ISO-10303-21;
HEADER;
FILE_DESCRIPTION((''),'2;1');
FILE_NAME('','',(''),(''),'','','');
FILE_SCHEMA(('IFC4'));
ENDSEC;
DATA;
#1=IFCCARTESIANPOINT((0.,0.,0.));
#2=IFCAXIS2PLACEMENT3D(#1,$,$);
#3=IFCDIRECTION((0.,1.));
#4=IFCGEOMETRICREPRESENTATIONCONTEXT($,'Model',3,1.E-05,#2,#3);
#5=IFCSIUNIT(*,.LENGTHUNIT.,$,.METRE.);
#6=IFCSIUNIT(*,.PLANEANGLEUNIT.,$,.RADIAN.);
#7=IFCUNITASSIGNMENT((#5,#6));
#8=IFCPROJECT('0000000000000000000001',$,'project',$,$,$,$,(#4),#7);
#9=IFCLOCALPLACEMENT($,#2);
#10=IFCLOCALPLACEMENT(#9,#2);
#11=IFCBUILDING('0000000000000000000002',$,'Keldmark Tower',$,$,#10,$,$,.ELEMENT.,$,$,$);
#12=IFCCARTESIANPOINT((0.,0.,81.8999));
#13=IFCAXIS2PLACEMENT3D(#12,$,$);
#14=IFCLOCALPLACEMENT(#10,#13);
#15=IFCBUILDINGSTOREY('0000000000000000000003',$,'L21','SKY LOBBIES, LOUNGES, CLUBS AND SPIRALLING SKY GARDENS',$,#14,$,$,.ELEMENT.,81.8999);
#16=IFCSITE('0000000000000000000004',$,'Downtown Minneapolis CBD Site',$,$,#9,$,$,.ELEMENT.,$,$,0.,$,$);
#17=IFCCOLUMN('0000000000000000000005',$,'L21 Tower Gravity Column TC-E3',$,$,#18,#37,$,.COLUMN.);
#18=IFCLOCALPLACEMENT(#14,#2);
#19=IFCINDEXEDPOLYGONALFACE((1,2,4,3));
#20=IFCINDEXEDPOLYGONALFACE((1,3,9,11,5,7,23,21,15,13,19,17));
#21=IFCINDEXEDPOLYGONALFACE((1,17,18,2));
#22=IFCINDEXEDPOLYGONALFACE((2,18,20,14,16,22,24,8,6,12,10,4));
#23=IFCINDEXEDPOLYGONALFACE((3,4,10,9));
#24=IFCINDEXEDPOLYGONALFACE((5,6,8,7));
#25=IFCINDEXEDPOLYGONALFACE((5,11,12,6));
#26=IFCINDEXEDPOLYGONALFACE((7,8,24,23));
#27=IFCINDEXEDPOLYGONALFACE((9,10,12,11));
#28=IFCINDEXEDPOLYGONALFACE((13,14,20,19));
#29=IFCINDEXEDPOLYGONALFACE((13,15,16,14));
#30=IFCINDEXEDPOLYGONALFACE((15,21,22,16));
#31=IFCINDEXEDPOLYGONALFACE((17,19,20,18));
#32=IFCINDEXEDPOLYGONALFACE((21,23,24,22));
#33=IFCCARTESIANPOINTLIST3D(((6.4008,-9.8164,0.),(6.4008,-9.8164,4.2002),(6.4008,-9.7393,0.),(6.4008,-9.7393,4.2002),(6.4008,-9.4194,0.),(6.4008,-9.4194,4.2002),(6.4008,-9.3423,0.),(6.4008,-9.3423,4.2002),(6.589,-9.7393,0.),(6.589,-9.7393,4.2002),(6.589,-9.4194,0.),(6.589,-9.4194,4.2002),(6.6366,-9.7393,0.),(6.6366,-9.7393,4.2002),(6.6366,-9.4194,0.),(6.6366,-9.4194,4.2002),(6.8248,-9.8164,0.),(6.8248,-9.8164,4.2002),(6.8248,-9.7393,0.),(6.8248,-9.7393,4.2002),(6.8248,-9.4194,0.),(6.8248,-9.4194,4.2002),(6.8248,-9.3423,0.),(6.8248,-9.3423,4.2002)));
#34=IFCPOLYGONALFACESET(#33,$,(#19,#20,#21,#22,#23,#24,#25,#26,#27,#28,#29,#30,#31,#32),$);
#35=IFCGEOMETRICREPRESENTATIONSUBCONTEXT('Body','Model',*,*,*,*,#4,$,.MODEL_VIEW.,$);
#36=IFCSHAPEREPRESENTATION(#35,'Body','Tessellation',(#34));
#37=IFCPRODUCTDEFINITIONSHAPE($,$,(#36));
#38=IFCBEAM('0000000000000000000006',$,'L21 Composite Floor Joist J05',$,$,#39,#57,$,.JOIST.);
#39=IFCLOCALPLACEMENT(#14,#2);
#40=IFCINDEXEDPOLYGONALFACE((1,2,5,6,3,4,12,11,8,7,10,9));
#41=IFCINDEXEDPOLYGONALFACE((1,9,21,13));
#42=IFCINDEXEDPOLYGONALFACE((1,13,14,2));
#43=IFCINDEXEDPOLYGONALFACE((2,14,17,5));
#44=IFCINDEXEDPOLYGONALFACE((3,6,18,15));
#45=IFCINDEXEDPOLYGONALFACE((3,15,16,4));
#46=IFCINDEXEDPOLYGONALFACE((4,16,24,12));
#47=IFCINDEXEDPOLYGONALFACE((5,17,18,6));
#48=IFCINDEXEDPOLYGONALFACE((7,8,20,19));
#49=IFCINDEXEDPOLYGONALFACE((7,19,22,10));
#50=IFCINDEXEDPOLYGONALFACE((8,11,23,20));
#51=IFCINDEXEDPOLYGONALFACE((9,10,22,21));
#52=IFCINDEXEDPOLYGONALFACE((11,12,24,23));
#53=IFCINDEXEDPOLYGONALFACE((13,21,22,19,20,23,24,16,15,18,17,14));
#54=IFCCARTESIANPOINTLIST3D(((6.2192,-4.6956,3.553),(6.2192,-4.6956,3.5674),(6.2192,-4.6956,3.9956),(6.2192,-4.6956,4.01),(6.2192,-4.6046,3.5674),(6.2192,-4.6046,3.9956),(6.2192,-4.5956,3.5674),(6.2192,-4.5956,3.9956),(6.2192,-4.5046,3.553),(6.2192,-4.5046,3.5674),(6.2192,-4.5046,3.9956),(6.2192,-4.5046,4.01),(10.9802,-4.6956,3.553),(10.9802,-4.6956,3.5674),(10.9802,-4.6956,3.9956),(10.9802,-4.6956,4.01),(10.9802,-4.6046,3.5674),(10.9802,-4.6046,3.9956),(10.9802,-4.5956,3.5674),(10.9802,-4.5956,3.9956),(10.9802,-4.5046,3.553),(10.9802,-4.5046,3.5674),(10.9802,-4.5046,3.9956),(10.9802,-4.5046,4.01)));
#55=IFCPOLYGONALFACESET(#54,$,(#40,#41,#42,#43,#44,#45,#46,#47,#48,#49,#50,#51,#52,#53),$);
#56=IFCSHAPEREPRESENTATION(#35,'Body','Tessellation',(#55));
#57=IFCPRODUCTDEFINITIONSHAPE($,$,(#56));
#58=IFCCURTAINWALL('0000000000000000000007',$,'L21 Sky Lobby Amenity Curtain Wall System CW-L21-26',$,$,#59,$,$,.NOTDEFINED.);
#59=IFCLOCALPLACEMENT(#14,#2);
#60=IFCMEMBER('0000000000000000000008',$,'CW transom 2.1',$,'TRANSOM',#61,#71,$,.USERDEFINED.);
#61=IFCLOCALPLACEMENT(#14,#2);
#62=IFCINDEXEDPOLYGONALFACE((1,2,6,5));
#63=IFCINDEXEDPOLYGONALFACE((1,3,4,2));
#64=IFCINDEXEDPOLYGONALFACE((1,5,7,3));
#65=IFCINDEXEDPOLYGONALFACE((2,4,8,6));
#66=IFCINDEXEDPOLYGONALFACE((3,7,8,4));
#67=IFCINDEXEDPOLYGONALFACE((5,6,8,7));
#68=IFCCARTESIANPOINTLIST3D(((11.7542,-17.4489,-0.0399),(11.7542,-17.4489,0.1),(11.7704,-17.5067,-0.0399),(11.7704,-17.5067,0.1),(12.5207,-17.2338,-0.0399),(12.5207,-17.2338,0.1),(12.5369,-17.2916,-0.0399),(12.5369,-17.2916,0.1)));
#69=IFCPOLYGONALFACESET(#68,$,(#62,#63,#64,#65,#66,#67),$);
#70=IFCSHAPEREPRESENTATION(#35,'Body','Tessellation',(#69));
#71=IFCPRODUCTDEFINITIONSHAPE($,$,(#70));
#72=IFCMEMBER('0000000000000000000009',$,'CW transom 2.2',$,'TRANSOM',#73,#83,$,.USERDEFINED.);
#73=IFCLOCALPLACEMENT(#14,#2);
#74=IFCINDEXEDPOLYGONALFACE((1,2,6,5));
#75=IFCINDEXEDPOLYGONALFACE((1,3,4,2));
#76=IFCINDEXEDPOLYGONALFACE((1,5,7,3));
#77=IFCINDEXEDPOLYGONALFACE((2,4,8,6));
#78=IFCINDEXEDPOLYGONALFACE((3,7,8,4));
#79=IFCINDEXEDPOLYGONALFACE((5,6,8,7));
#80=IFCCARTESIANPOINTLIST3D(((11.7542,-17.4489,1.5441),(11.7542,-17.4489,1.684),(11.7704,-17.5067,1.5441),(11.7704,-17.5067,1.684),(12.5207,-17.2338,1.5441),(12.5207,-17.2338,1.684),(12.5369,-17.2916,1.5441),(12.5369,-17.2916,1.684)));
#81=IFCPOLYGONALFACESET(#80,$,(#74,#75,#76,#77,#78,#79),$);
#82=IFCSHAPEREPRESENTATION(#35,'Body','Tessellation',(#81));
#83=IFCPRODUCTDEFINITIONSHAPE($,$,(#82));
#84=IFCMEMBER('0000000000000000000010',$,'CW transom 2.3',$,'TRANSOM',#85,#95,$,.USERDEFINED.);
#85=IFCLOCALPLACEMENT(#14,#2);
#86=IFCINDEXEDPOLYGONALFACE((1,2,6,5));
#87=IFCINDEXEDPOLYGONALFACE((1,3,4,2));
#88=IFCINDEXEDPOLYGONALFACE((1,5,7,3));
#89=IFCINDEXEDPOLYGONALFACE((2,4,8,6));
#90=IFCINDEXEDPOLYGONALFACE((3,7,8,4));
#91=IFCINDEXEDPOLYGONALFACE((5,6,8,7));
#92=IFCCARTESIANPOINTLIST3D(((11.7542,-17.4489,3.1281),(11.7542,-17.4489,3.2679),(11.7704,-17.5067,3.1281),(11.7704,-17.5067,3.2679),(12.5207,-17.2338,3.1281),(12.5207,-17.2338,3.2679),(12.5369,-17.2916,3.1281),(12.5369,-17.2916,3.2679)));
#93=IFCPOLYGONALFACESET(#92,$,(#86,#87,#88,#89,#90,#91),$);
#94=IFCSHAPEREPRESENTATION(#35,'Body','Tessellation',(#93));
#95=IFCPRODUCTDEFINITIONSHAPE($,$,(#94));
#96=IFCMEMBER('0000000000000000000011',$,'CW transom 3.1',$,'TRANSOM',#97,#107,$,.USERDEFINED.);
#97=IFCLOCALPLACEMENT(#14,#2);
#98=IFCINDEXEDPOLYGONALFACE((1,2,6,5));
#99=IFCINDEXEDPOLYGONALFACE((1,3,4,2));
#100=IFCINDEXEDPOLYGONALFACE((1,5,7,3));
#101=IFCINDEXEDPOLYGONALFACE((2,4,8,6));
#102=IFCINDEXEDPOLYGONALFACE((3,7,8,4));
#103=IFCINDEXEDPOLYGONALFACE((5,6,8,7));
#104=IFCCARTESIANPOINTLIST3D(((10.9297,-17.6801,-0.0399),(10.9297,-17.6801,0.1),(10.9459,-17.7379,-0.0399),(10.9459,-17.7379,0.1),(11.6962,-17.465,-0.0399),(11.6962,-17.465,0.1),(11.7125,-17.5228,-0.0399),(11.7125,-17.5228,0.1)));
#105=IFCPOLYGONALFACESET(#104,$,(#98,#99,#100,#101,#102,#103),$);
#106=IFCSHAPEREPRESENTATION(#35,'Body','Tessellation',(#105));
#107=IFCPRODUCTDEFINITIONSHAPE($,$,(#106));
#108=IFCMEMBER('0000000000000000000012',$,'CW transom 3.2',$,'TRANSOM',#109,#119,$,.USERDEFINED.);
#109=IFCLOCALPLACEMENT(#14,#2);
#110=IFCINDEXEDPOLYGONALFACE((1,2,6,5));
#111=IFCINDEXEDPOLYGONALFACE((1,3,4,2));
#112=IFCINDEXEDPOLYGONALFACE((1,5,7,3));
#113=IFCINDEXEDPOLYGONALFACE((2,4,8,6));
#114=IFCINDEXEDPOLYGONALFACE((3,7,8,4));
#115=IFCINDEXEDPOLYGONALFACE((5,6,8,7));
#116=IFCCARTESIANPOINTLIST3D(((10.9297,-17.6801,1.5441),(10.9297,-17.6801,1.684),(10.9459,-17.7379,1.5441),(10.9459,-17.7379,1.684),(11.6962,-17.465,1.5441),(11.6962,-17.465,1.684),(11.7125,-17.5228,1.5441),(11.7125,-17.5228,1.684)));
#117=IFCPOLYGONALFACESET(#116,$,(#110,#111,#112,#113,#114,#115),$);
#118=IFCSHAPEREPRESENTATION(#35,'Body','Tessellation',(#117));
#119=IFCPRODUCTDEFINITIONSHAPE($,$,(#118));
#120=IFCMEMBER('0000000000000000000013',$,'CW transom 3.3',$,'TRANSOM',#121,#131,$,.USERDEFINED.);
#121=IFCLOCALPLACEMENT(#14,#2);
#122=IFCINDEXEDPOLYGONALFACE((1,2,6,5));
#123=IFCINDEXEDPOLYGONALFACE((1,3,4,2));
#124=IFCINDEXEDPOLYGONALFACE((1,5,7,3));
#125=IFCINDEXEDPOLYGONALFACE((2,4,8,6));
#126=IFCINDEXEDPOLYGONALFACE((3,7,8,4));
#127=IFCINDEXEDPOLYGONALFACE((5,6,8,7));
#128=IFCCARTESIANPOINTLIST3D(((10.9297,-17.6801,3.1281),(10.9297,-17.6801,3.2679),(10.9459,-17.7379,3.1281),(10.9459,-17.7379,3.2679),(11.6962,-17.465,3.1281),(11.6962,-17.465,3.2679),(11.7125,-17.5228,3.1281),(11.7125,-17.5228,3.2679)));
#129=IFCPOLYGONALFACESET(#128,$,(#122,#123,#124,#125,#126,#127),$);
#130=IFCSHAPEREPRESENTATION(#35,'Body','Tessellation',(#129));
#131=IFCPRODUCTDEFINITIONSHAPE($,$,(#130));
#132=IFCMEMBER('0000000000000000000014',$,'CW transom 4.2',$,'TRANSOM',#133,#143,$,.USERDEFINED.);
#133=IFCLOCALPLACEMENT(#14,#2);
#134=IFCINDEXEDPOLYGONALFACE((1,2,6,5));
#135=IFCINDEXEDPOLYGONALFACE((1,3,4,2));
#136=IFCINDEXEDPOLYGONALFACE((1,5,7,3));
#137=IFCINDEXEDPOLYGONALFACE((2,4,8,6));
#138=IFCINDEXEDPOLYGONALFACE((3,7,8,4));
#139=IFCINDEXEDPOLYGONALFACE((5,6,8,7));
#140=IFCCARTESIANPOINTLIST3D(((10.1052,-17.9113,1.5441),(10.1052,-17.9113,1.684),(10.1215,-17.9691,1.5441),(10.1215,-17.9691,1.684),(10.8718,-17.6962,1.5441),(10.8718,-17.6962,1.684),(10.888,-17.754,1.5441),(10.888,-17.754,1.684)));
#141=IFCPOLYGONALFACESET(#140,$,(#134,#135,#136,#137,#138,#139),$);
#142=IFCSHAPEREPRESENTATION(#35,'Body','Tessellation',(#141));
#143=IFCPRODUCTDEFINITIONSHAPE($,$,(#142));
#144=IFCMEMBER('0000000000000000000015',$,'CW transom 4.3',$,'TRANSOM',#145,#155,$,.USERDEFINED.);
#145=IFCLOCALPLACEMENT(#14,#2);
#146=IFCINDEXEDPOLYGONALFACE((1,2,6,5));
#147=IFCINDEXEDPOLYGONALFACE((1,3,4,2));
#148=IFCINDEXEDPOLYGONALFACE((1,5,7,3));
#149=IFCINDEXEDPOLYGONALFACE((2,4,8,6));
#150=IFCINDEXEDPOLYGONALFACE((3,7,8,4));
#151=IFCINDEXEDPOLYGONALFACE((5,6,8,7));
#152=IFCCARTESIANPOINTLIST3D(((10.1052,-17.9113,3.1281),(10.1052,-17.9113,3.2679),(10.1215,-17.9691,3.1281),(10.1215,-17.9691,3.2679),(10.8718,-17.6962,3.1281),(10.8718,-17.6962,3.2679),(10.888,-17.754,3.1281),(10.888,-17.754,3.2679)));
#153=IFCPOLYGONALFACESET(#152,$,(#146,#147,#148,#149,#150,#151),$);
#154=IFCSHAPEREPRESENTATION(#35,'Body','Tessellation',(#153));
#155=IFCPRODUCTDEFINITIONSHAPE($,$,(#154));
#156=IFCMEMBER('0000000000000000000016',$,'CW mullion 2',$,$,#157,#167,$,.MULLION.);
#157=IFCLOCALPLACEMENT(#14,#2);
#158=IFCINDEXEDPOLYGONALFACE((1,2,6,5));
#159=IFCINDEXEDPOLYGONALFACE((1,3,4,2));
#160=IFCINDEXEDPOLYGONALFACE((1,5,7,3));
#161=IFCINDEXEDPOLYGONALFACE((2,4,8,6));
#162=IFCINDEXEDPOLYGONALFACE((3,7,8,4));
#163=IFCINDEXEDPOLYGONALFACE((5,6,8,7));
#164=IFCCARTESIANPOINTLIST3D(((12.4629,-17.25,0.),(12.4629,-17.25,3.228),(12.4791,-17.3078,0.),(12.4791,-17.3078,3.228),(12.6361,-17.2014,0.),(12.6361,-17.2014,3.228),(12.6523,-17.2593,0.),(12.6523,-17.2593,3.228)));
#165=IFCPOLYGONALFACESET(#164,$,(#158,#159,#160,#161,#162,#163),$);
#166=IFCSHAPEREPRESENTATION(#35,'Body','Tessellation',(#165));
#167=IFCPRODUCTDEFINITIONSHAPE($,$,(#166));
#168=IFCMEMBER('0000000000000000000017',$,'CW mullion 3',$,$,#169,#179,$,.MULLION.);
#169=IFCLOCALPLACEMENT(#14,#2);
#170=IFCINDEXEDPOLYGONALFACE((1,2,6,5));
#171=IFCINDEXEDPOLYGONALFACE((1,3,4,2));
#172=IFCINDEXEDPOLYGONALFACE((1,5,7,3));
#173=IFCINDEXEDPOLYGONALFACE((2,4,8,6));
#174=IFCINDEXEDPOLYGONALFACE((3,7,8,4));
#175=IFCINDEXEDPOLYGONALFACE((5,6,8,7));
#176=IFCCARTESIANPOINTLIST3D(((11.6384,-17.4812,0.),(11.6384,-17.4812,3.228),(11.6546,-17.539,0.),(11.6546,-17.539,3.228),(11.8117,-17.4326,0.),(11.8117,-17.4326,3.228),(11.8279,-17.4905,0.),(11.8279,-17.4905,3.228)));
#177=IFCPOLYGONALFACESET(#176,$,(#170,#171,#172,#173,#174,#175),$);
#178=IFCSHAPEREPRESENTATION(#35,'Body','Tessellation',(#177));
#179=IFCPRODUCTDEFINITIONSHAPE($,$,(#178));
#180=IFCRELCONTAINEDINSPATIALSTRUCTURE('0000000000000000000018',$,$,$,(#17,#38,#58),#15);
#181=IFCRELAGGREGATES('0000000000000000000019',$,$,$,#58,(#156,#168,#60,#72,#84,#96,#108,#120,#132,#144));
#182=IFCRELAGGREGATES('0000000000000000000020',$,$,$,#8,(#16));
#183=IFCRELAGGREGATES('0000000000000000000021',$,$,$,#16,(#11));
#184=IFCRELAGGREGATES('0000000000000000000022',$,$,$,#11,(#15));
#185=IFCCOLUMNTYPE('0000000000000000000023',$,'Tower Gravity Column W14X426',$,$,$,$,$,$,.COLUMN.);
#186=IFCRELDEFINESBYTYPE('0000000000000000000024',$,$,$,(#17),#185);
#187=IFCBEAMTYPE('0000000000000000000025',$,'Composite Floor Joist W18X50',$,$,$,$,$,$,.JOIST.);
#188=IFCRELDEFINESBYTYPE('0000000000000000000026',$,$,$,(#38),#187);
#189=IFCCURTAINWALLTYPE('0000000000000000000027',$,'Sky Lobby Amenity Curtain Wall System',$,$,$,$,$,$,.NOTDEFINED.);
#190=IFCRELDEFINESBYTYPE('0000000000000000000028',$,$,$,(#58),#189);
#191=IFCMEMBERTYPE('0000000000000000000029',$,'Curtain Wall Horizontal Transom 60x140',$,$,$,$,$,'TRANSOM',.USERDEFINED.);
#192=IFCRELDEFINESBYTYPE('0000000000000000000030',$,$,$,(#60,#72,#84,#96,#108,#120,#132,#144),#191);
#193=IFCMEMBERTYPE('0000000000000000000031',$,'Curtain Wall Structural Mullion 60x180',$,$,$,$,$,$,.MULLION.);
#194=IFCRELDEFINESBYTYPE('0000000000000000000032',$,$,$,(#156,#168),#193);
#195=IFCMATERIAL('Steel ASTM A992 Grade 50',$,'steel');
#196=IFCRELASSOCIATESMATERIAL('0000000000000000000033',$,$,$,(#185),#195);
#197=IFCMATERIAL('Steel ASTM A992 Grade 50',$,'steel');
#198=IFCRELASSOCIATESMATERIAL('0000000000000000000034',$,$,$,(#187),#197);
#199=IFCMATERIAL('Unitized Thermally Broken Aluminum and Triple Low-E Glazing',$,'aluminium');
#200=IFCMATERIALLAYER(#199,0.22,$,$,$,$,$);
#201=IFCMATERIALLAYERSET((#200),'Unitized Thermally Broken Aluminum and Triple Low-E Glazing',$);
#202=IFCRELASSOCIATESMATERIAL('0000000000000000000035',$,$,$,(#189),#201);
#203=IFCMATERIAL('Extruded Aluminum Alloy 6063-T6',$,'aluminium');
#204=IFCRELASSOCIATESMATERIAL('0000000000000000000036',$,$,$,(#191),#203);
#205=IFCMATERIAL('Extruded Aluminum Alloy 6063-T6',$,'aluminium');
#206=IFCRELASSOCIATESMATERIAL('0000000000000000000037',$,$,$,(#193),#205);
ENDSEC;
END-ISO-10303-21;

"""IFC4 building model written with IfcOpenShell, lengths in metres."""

from ifc_helpers import new_model, si_unit, direction, frame, origin, origin_2d, place, context, subcontext, project, spatial, rectangle, i_section, extrude, material, layer, layer_set, material_profile, profile_set, type_object, element, aggregate, save


model = new_model("IFC4")

# Units and contexts
model_context = context("Model", 3, precision=1e-05, world=origin(), true_north=direction((0.0, 1.0)))
body_context = subcontext(model_context, "Body", "Model", "MODEL_VIEW")
ifc_project = project(units=[si_unit("LENGTHUNIT", "METRE"), si_unit("PLANEANGLEUNIT", "RADIAN")], contexts=[model_context])

# Site, building, storey
site_placement = place(None, origin())
site = spatial("IfcSite", under=ifc_project, at=site_placement, Name="Downtown Minneapolis CBD Site", CompositionType="ELEMENT", RefElevation=0.0)
building_placement = place(site_placement, origin())
building = spatial("IfcBuilding", under=site, at=building_placement, Name="Keldmark Tower", CompositionType="ELEMENT")
storey_placement = place(building_placement, frame((0.0, 0.0, 81.8999)))
storey = spatial("IfcBuildingStorey", under=building, at=storey_placement, Name="L21", Description="SKY LOBBIES, LOUNGES, CLUBS AND SPIRALLING SKY GARDENS", CompositionType="ELEMENT", Elevation=81.8999)

# Column
ifc_material_1 = material(Name="Steel ASTM A992 Grade 50", Category="steel")
ifc_material_profile_1 = material_profile(ifc_material_1, i_section(OverallWidth=0.4241, OverallDepth=0.4741, WebThickness=0.0476, FlangeThickness=0.0771, at=origin_2d()), Name="W14X426")
ifc_profile_set_1 = profile_set([ifc_material_profile_1], Name="Steel ASTM A992 Grade 50")
column_type = type_object("IfcColumnType", Name="Tower Gravity Column W14X426", PredefinedType="COLUMN", material=ifc_profile_set_1)
column_placement = place(storey_placement, frame((6.6128, -9.5793, 0.0), z_axis=(0.0, 0.0, 1.0), x_axis=(1.0, 0.0, 0.0)))
element("IfcColumn", 1, at=column_placement, inside=storey, type_object=column_type, Name="L21 Tower Gravity Column TC-E3", PredefinedType="COLUMN", context=body_context, shape_type="SweptSolid", body=[
    extrude(i_section(OverallWidth=0.4241, OverallDepth=0.4741, WebThickness=0.0476, FlangeThickness=0.0771, at=origin_2d()), origin(), (0.0, 0.0, 1.0), 4.2002),
])

# Beam
ifc_material_2 = material(Name="Steel ASTM A992 Grade 50", Category="steel")
ifc_material_profile_2 = material_profile(ifc_material_2, i_section(OverallWidth=0.1909, OverallDepth=0.457, WebThickness=0.009, FlangeThickness=0.0144, at=origin_2d()), Name="W18X50")
ifc_profile_set_2 = profile_set([ifc_material_profile_2], Name="Steel ASTM A992 Grade 50")
beam_type_1 = type_object("IfcBeamType", Name="Composite Floor Joist W18X50", PredefinedType="JOIST", material=ifc_profile_set_2)
beam_1_placement = place(storey_placement, frame((6.2192, -4.6001, 3.7815), z_axis=(1.0, 0.0, 0.0), x_axis=(0.0, 1.0, 0.0)))
element("IfcBeam", 2, at=beam_1_placement, inside=storey, type_object=beam_type_1, Name="L21 Composite Floor Joist J05", PredefinedType="JOIST", context=body_context, shape_type="SweptSolid", body=[
    extrude(i_section(OverallWidth=0.1909, OverallDepth=0.457, WebThickness=0.009, FlangeThickness=0.0144, at=origin_2d()), origin(), (0.0, 0.0, 1.0), 4.761),
])

# Curtain wall, members
ifc_material_3 = material(Name="Unitized Thermally Broken Aluminum and Triple Low-E Glazing", Category="aluminium")
ifc_layer_1 = layer(ifc_material_3, 0.22)
ifc_layer_set_1 = layer_set([ifc_layer_1], Name="Unitized Thermally Broken Aluminum and Triple Low-E Glazing")
curtain_wall_type = type_object("IfcCurtainWallType", Name="Sky Lobby Amenity Curtain Wall System", PredefinedType="NOTDEFINED", material=ifc_layer_set_1)
curtain_wall_placement = place(storey_placement, origin())
curtain_wall = element("IfcCurtainWall", 3, at=curtain_wall_placement, inside=storey, type_object=curtain_wall_type, Name="L21 Sky Lobby Amenity Curtain Wall System CW-L21-26", PredefinedType="NOTDEFINED")
ifc_material_4 = material(Name="Extruded Aluminum Alloy 6063-T6", Category="aluminium")
ifc_material_profile_3 = material_profile(ifc_material_4, rectangle(XDim=0.0601, YDim=0.1399, at=origin_2d()), Name="CWT60X140")
ifc_profile_set_3 = profile_set([ifc_material_profile_3], Name="Extruded Aluminum Alloy 6063-T6")
member_type_1 = type_object("IfcMemberType", Name="Curtain Wall Horizontal Transom 60x140", ElementType="TRANSOM", PredefinedType="USERDEFINED", material=ifc_profile_set_3)
member_1_placement = place(storey_placement, frame((12.5288, -17.2627, 0.03), z_axis=(-0.962821, -0.270142, 0.0), x_axis=(0.270142, -0.962821, 0.0)))
member_1 = element("IfcMember", 4, at=member_1_placement, type_object=member_type_1, Name="CW transom 2.1", ObjectType="TRANSOM", PredefinedType="USERDEFINED", context=body_context, shape_type="SweptSolid", body=[
    extrude(rectangle(XDim=0.0601, YDim=0.1399, at=origin_2d()), origin(), (0.0, 0.0, 1.0), 0.7961),
])
member_2_placement = place(storey_placement, frame((12.5288, -17.2627, 1.614), z_axis=(-0.962821, -0.270142, 0.0), x_axis=(0.270142, -0.962821, 0.0)))
member_2 = element("IfcMember", 5, at=member_2_placement, type_object=member_type_1, Name="CW transom 2.2", ObjectType="TRANSOM", PredefinedType="USERDEFINED", context=body_context, shape_type="SweptSolid", body=[
    extrude(rectangle(XDim=0.0601, YDim=0.1399, at=origin_2d()), origin(), (0.0, 0.0, 1.0), 0.7961),
])
member_3_placement = place(storey_placement, frame((12.5288, -17.2627, 3.198), z_axis=(-0.962821, -0.270142, 0.0), x_axis=(0.270142, -0.962821, 0.0)))
member_3 = element("IfcMember", 6, at=member_3_placement, type_object=member_type_1, Name="CW transom 2.3", ObjectType="TRANSOM", PredefinedType="USERDEFINED", context=body_context, shape_type="SweptSolid", body=[
    extrude(rectangle(XDim=0.0601, YDim=0.1399, at=origin_2d()), origin(), (0.0, 0.0, 1.0), 0.7961),
])
member_4_placement = place(storey_placement, frame((11.7043, -17.4939, 0.03), z_axis=(-0.962821, -0.270142, 0.0), x_axis=(0.270142, -0.962821, 0.0)))
member_4 = element("IfcMember", 7, at=member_4_placement, type_object=member_type_1, Name="CW transom 3.1", ObjectType="TRANSOM", PredefinedType="USERDEFINED", context=body_context, shape_type="SweptSolid", body=[
    extrude(rectangle(XDim=0.0601, YDim=0.1399, at=origin_2d()), origin(), (0.0, 0.0, 1.0), 0.7961),
])
member_5_placement = place(storey_placement, frame((11.7043, -17.4939, 1.614), z_axis=(-0.962821, -0.270142, 0.0), x_axis=(0.270142, -0.962821, 0.0)))
member_5 = element("IfcMember", 8, at=member_5_placement, type_object=member_type_1, Name="CW transom 3.2", ObjectType="TRANSOM", PredefinedType="USERDEFINED", context=body_context, shape_type="SweptSolid", body=[
    extrude(rectangle(XDim=0.0601, YDim=0.1399, at=origin_2d()), origin(), (0.0, 0.0, 1.0), 0.7961),
])
member_6_placement = place(storey_placement, frame((11.7043, -17.4939, 3.198), z_axis=(-0.962821, -0.270142, 0.0), x_axis=(0.270142, -0.962821, 0.0)))
member_6 = element("IfcMember", 9, at=member_6_placement, type_object=member_type_1, Name="CW transom 3.3", ObjectType="TRANSOM", PredefinedType="USERDEFINED", context=body_context, shape_type="SweptSolid", body=[
    extrude(rectangle(XDim=0.0601, YDim=0.1399, at=origin_2d()), origin(), (0.0, 0.0, 1.0), 0.7961),
])
member_7_placement = place(storey_placement, frame((10.8799, -17.7251, 1.614), z_axis=(-0.962821, -0.270142, 0.0), x_axis=(0.270142, -0.962821, 0.0)))
member_7 = element("IfcMember", 10, at=member_7_placement, type_object=member_type_1, Name="CW transom 4.2", ObjectType="TRANSOM", PredefinedType="USERDEFINED", context=body_context, shape_type="SweptSolid", body=[
    extrude(rectangle(XDim=0.0601, YDim=0.1399, at=origin_2d()), origin(), (0.0, 0.0, 1.0), 0.7961),
])
member_8_placement = place(storey_placement, frame((10.8799, -17.7251, 3.198), z_axis=(-0.962821, -0.270142, 0.0), x_axis=(0.270142, -0.962821, 0.0)))
member_8 = element("IfcMember", 11, at=member_8_placement, type_object=member_type_1, Name="CW transom 4.3", ObjectType="TRANSOM", PredefinedType="USERDEFINED", context=body_context, shape_type="SweptSolid", body=[
    extrude(rectangle(XDim=0.0601, YDim=0.1399, at=origin_2d()), origin(), (0.0, 0.0, 1.0), 0.7961),
])
ifc_material_5 = material(Name="Extruded Aluminum Alloy 6063-T6", Category="aluminium")
ifc_material_profile_4 = material_profile(ifc_material_5, rectangle(XDim=0.0601, YDim=0.1799, at=origin_2d()), Name="CWM60X180")
ifc_profile_set_4 = profile_set([ifc_material_profile_4], Name="Extruded Aluminum Alloy 6063-T6")
member_type_2 = type_object("IfcMemberType", Name="Curtain Wall Structural Mullion 60x180", PredefinedType="MULLION", material=ifc_profile_set_4)
member_9_placement = place(storey_placement, frame((12.5576, -17.2546, 0.0), z_axis=(0.0, 0.0, 1.0), x_axis=(0.270028, -0.962852, 0.0)))
member_9 = element("IfcMember", 12, at=member_9_placement, type_object=member_type_2, Name="CW mullion 2", PredefinedType="MULLION", context=body_context, shape_type="SweptSolid", body=[
    extrude(rectangle(XDim=0.0601, YDim=0.1799, at=origin_2d()), origin(), (0.0, 0.0, 1.0), 3.228),
])
member_10_placement = place(storey_placement, frame((11.7332, -17.4858, 0.0), z_axis=(0.0, 0.0, 1.0), x_axis=(0.270028, -0.962852, 0.0)))
member_10 = element("IfcMember", 13, at=member_10_placement, type_object=member_type_2, Name="CW mullion 3", PredefinedType="MULLION", context=body_context, shape_type="SweptSolid", body=[
    extrude(rectangle(XDim=0.0601, YDim=0.1799, at=origin_2d()), origin(), (0.0, 0.0, 1.0), 3.228),
])

aggregate(curtain_wall, [member_9, member_10, member_1, member_2, member_3, member_4, member_5, member_6, member_7, member_8])

save(model, "model.ifc")
